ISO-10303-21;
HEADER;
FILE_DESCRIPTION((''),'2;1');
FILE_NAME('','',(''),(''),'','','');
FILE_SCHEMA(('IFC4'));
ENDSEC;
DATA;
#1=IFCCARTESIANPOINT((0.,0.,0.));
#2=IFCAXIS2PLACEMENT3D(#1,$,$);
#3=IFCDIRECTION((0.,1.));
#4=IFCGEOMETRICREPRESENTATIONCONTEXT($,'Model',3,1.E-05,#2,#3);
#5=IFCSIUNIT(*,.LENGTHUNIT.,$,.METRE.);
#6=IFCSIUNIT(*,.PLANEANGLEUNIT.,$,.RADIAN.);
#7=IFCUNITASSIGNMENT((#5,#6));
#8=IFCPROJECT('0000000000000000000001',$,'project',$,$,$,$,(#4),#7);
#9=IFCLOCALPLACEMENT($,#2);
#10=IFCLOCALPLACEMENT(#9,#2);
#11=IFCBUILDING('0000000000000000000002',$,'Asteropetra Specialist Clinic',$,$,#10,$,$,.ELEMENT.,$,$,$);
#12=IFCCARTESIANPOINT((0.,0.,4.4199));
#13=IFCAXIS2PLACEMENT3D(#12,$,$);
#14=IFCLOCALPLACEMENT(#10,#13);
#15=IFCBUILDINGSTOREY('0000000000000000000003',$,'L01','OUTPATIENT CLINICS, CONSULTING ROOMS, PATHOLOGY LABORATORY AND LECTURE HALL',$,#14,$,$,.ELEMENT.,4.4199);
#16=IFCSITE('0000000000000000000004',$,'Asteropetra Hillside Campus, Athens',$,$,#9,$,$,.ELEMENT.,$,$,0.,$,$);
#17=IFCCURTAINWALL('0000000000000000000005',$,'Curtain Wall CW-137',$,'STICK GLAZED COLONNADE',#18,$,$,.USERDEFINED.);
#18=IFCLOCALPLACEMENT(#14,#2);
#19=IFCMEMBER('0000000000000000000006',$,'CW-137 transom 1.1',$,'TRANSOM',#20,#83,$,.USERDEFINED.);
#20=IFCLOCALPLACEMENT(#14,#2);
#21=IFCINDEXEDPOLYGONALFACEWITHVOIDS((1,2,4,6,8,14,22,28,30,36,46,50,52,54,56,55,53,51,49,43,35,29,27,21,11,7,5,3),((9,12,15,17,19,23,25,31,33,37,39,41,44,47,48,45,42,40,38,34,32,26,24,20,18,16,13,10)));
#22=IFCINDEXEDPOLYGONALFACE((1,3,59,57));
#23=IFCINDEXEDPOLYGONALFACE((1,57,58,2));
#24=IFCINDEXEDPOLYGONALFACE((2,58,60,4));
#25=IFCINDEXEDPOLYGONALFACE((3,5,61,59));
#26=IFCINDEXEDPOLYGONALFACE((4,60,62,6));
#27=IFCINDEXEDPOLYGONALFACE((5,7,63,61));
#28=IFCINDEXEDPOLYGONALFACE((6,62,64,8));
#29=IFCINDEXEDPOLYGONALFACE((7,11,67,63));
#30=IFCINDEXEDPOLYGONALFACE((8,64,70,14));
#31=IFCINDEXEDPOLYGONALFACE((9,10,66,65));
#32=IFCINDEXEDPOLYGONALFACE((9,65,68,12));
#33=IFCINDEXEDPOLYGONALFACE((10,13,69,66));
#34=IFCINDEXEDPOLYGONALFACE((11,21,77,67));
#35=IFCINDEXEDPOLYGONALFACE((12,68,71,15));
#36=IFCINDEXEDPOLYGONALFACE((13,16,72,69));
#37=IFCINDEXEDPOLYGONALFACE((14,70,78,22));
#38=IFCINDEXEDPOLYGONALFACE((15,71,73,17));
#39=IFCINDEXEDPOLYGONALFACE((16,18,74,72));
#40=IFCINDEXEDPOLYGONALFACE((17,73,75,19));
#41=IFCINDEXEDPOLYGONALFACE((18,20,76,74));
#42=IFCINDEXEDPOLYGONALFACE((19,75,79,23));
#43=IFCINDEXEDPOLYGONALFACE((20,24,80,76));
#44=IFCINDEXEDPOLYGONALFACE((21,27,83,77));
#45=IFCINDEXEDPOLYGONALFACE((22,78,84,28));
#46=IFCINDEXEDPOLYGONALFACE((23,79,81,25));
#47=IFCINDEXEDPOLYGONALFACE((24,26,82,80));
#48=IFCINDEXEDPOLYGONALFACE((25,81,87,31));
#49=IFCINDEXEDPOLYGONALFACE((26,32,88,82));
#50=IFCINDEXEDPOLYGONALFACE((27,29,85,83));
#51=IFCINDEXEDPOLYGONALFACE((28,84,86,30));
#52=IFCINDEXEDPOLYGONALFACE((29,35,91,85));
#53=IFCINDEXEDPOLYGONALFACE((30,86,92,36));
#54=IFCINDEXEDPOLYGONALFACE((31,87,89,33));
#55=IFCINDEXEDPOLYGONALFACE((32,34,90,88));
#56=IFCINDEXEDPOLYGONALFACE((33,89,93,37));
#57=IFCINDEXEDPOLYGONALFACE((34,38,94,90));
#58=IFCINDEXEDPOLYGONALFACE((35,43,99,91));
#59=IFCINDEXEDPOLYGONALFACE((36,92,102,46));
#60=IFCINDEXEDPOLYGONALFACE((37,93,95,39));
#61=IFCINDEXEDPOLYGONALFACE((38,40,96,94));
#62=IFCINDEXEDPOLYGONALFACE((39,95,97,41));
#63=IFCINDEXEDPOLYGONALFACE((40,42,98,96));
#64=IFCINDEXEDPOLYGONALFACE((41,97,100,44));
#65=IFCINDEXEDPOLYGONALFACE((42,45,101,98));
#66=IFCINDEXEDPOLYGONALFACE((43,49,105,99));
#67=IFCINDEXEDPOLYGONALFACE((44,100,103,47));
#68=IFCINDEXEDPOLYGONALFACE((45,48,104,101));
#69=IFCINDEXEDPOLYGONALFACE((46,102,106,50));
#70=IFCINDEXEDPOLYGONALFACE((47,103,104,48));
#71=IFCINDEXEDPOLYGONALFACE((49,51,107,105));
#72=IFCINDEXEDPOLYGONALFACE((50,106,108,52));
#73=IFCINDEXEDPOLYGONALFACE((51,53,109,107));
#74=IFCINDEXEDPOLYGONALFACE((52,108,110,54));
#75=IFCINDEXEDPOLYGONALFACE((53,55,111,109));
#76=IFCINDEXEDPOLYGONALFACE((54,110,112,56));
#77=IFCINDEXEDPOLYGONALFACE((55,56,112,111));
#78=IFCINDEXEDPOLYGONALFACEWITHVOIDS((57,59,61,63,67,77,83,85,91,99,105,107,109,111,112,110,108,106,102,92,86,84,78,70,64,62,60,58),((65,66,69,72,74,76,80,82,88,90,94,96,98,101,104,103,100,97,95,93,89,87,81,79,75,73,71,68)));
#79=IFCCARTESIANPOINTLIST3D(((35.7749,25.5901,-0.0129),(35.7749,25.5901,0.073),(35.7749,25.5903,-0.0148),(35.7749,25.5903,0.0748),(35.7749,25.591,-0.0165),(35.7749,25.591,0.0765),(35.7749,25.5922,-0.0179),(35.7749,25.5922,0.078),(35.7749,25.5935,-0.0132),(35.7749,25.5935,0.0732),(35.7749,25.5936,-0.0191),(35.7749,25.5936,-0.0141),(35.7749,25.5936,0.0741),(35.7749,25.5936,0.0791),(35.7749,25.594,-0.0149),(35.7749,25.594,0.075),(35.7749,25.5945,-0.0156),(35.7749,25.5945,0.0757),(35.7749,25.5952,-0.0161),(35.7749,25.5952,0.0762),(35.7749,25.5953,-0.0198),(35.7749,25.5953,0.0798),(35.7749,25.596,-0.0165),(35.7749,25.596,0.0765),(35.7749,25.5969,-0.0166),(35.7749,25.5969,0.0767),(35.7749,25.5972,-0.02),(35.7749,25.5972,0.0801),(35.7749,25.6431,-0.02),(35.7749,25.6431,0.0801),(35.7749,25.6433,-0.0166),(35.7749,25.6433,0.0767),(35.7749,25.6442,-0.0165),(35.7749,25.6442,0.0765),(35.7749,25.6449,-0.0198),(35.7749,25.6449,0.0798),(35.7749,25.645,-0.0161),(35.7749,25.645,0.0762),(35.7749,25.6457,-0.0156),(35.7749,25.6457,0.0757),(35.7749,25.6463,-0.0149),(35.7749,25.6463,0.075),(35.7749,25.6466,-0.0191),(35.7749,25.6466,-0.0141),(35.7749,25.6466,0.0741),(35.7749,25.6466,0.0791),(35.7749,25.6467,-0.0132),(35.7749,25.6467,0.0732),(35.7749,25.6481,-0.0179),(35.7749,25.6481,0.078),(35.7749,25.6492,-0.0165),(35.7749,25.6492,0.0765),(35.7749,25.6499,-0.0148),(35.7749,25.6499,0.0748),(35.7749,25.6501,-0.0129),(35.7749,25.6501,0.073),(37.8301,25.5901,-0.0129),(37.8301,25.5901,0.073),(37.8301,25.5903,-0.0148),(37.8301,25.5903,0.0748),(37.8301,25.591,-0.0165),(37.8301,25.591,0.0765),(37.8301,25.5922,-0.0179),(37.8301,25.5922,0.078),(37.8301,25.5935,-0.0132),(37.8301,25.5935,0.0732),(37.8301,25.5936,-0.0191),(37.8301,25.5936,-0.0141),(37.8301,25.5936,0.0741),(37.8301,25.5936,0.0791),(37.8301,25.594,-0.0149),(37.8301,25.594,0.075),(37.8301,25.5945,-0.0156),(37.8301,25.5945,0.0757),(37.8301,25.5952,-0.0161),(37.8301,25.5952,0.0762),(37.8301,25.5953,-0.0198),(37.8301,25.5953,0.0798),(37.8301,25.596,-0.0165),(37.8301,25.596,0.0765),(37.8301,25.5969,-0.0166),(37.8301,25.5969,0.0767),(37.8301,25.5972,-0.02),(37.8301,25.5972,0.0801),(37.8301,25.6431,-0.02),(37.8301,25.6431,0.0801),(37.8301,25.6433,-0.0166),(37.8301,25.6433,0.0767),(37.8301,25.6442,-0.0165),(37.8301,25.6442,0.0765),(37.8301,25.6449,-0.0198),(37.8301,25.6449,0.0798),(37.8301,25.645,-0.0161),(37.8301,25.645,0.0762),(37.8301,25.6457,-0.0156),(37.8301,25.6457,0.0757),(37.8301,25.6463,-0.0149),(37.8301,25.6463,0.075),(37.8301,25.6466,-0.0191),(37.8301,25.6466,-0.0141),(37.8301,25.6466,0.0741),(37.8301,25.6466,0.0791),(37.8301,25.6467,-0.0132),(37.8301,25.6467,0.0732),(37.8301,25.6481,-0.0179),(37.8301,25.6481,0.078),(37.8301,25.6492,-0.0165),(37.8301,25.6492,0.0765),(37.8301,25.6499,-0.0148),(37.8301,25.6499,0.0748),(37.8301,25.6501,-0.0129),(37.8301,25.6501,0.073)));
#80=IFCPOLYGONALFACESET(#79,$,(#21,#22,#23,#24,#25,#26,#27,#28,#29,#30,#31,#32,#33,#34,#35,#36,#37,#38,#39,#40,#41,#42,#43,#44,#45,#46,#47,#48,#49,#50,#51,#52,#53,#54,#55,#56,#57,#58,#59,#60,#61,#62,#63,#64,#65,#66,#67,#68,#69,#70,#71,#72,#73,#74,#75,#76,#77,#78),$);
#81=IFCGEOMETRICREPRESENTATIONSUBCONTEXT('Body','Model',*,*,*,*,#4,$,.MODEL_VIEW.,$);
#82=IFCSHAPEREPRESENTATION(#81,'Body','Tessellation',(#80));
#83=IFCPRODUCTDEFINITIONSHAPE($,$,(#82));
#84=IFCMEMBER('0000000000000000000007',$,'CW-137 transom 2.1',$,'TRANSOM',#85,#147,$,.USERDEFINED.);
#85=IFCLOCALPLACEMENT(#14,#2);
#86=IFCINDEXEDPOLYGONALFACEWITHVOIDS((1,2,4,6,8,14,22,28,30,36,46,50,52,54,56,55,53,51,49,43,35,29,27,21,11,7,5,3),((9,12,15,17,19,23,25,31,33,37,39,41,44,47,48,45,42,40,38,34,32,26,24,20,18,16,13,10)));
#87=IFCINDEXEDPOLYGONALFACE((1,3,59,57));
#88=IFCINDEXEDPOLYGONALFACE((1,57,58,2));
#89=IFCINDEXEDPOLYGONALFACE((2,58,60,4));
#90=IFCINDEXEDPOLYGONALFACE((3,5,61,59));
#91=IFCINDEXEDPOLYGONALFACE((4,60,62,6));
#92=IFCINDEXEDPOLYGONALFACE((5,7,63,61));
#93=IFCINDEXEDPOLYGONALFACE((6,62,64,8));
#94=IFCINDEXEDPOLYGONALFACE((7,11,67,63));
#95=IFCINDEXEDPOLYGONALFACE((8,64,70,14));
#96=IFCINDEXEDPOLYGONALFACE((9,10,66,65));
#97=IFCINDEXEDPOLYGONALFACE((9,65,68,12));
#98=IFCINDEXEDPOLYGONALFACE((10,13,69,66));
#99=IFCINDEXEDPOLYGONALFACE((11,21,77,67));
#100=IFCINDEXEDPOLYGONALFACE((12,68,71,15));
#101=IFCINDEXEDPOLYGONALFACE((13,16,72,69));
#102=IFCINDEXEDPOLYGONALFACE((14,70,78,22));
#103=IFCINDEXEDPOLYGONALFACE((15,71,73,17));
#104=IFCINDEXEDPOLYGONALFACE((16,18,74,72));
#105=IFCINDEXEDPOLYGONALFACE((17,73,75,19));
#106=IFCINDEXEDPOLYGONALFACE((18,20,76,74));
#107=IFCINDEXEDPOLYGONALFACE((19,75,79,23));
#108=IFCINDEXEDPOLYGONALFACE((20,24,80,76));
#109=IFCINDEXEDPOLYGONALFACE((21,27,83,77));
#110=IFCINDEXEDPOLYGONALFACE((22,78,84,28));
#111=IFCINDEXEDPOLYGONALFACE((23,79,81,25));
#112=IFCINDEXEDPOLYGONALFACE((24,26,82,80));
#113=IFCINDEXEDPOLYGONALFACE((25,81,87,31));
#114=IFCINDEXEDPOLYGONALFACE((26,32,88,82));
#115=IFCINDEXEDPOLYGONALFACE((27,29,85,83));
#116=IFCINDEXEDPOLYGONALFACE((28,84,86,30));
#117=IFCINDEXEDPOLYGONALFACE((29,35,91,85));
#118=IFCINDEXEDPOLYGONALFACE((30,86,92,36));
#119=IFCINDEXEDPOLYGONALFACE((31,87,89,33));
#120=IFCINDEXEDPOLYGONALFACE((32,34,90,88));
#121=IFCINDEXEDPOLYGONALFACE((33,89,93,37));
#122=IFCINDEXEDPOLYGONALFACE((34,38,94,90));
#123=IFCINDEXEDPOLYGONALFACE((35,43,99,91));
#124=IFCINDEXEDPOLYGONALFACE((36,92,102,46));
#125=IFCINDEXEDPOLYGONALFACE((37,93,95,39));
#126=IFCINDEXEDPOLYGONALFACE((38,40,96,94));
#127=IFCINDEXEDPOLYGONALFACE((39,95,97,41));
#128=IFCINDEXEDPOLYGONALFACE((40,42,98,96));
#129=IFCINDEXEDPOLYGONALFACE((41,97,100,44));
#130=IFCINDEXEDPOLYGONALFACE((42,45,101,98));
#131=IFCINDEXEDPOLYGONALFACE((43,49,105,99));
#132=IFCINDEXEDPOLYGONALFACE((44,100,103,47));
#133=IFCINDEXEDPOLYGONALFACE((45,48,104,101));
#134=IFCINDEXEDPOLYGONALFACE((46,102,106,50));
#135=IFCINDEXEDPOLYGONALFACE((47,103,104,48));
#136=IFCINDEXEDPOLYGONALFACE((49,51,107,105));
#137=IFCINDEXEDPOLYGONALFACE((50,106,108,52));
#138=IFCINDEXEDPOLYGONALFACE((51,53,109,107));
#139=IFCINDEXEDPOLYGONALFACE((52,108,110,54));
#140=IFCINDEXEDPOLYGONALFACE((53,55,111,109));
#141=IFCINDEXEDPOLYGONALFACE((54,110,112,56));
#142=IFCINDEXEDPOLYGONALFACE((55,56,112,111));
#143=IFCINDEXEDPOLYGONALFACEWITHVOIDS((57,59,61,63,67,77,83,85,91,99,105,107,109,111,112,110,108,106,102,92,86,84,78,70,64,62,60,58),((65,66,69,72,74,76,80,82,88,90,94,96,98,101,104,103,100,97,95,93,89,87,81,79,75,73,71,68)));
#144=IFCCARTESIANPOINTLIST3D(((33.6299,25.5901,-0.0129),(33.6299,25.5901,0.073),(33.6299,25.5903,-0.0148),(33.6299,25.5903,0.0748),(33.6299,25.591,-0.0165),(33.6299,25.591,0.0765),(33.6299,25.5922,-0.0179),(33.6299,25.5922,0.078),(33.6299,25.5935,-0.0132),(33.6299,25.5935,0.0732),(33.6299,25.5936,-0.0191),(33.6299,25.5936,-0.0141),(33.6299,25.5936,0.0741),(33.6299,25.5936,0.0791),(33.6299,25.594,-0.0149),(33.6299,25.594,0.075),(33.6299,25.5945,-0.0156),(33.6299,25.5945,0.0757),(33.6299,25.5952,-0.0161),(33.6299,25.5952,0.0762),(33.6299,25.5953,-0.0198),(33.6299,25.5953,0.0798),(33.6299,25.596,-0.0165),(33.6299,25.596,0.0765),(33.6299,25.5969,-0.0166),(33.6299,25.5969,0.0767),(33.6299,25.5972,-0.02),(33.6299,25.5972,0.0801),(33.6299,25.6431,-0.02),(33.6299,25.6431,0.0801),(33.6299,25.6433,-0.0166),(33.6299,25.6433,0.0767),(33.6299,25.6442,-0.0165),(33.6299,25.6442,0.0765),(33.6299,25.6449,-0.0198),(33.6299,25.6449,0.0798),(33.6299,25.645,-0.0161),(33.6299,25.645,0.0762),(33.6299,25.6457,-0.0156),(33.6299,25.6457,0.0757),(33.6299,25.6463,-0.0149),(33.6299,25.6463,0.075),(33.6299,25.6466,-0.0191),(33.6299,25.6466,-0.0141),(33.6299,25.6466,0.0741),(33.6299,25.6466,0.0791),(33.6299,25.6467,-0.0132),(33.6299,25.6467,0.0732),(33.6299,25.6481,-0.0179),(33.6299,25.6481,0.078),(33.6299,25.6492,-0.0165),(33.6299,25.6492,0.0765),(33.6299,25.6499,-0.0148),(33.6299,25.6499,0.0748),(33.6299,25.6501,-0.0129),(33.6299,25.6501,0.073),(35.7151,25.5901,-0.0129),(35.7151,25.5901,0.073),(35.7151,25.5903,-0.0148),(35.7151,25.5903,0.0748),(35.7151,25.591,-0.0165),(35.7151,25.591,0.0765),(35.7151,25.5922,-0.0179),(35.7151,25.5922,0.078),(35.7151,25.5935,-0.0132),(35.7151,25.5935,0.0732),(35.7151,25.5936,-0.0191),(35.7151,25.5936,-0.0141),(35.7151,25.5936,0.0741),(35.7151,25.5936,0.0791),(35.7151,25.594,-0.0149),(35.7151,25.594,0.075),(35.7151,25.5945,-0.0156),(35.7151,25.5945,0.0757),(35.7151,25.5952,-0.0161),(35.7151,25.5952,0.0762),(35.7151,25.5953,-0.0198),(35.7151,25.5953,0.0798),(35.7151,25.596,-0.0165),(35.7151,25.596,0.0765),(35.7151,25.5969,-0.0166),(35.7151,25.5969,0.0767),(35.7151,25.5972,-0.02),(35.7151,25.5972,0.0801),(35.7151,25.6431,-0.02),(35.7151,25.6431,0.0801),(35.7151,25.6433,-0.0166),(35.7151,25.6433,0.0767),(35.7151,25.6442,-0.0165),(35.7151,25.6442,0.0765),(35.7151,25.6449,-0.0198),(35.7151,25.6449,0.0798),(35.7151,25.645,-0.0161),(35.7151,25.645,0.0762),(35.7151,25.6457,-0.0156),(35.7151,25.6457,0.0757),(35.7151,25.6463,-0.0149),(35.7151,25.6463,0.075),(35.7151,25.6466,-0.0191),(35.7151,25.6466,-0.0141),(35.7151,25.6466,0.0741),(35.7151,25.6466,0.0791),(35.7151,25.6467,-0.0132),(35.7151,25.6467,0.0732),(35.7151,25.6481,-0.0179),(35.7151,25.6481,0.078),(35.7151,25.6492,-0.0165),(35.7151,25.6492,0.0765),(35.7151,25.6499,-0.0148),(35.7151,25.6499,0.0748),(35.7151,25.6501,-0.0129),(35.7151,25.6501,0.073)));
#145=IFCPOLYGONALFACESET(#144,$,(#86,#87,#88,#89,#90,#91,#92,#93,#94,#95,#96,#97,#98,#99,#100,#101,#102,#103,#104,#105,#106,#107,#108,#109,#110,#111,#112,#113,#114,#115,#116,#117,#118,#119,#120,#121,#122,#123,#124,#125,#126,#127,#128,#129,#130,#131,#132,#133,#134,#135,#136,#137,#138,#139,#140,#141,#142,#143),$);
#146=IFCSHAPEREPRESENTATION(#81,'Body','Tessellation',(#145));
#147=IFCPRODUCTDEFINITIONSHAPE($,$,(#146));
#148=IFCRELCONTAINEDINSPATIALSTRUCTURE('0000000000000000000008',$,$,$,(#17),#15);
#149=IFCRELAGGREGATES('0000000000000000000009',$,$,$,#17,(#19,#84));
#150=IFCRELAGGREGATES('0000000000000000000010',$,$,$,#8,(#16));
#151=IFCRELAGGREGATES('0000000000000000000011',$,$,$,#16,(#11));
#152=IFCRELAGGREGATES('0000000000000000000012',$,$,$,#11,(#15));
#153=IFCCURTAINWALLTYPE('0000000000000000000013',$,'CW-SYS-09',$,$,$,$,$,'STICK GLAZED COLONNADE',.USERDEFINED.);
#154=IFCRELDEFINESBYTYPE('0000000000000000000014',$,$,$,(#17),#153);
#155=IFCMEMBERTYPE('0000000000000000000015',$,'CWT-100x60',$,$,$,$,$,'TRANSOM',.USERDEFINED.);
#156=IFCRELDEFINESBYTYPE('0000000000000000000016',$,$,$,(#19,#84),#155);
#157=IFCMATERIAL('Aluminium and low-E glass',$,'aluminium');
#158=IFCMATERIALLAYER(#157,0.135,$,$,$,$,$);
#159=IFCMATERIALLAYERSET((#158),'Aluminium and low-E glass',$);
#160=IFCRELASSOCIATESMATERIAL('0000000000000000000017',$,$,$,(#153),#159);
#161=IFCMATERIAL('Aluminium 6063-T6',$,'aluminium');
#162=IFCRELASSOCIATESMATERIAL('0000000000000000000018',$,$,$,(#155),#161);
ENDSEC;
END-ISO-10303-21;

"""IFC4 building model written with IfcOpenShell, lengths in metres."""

from ifc_helpers import new_model, si_unit, direction, frame, origin, origin_2d, place, context, subcontext, project, spatial, hollow_rectangle, extrude, material, layer, layer_set, material_profile, profile_set, type_object, element, aggregate, save


model = new_model("IFC4")

# Units and contexts
model_context = context("Model", 3, precision=1e-05, world=origin(), true_north=direction((0.0, 1.0)))
body_context = subcontext(model_context, "Body", "Model", "MODEL_VIEW")
ifc_project = project(units=[si_unit("LENGTHUNIT", "METRE"), si_unit("PLANEANGLEUNIT", "RADIAN")], contexts=[model_context])

# Site, building, storey
site_placement = place(None, origin())
site = spatial("IfcSite", under=ifc_project, at=site_placement, Name="Asteropetra Hillside Campus, Athens", CompositionType="ELEMENT", RefElevation=0.0)
building_placement = place(site_placement, origin())
building = spatial("IfcBuilding", under=site, at=building_placement, Name="Asteropetra Specialist Clinic", CompositionType="ELEMENT")
storey_placement = place(building_placement, frame((0.0, 0.0, 4.4199)))
storey = spatial("IfcBuildingStorey", under=building, at=storey_placement, Name="L01", Description="OUTPATIENT CLINICS, CONSULTING ROOMS, PATHOLOGY LABORATORY AND LECTURE HALL", CompositionType="ELEMENT", Elevation=4.4199)

# Curtain wall, members
ifc_material_1 = material(Name="Aluminium and low-E glass", Category="aluminium")
ifc_layer_1 = layer(ifc_material_1, 0.135)
ifc_layer_set_1 = layer_set([ifc_layer_1], Name="Aluminium and low-E glass")
curtain_wall_type = type_object("IfcCurtainWallType", Name="CW-SYS-09", ElementType="STICK GLAZED COLONNADE", PredefinedType="USERDEFINED", material=ifc_layer_set_1)
curtain_wall_placement = place(storey_placement, origin())
curtain_wall = element("IfcCurtainWall", 1, at=curtain_wall_placement, inside=storey, type_object=curtain_wall_type, Name="Curtain Wall CW-137", ObjectType="STICK GLAZED COLONNADE", PredefinedType="USERDEFINED")
ifc_material_2 = material(Name="Aluminium 6063-T6", Category="aluminium")
ifc_material_profile_1 = material_profile(ifc_material_2, hollow_rectangle(XDim=0.0601, YDim=0.1001, WallThickness=0.0034, InnerFilletRadius=0.0034, OuterFilletRadius=0.0071, at=origin_2d()), Name="TRN 100x60x3.5")
ifc_profile_set_1 = profile_set([ifc_material_profile_1], Name="Aluminium 6063-T6")
member_type_1 = type_object("IfcMemberType", Name="CWT-100x60", ElementType="TRANSOM", PredefinedType="USERDEFINED", material=ifc_profile_set_1)
member_1_placement = place(storey_placement, frame((37.8301, 25.6201, 0.03), z_axis=(-1.0, 0.0, 0.0), x_axis=(0.0, -1.0, 0.0)))
member_1 = element("IfcMember", 2, at=member_1_placement, type_object=member_type_1, Name="CW-137 transom 1.1", ObjectType="TRANSOM", PredefinedType="USERDEFINED", context=body_context, shape_type="SweptSolid", body=[
    extrude(hollow_rectangle(XDim=0.0601, YDim=0.1001, WallThickness=0.0034, InnerFilletRadius=0.0034, OuterFilletRadius=0.0071, at=origin_2d()), origin(), (0.0, 0.0, 1.0), 2.0552),
])
member_2_placement = place(storey_placement, frame((35.7151, 25.6201, 0.03), z_axis=(-1.0, 0.0, 0.0), x_axis=(0.0, -1.0, 0.0)))
member_2 = element("IfcMember", 3, at=member_2_placement, type_object=member_type_1, Name="CW-137 transom 2.1", ObjectType="TRANSOM", PredefinedType="USERDEFINED", context=body_context, shape_type="SweptSolid", body=[
    extrude(hollow_rectangle(XDim=0.0601, YDim=0.1001, WallThickness=0.0034, InnerFilletRadius=0.0034, OuterFilletRadius=0.0071, at=origin_2d()), origin(), (0.0, 0.0, 1.0), 2.0852),
])

aggregate(curtain_wall, [member_1, member_2])

save(model, "model.ifc")
